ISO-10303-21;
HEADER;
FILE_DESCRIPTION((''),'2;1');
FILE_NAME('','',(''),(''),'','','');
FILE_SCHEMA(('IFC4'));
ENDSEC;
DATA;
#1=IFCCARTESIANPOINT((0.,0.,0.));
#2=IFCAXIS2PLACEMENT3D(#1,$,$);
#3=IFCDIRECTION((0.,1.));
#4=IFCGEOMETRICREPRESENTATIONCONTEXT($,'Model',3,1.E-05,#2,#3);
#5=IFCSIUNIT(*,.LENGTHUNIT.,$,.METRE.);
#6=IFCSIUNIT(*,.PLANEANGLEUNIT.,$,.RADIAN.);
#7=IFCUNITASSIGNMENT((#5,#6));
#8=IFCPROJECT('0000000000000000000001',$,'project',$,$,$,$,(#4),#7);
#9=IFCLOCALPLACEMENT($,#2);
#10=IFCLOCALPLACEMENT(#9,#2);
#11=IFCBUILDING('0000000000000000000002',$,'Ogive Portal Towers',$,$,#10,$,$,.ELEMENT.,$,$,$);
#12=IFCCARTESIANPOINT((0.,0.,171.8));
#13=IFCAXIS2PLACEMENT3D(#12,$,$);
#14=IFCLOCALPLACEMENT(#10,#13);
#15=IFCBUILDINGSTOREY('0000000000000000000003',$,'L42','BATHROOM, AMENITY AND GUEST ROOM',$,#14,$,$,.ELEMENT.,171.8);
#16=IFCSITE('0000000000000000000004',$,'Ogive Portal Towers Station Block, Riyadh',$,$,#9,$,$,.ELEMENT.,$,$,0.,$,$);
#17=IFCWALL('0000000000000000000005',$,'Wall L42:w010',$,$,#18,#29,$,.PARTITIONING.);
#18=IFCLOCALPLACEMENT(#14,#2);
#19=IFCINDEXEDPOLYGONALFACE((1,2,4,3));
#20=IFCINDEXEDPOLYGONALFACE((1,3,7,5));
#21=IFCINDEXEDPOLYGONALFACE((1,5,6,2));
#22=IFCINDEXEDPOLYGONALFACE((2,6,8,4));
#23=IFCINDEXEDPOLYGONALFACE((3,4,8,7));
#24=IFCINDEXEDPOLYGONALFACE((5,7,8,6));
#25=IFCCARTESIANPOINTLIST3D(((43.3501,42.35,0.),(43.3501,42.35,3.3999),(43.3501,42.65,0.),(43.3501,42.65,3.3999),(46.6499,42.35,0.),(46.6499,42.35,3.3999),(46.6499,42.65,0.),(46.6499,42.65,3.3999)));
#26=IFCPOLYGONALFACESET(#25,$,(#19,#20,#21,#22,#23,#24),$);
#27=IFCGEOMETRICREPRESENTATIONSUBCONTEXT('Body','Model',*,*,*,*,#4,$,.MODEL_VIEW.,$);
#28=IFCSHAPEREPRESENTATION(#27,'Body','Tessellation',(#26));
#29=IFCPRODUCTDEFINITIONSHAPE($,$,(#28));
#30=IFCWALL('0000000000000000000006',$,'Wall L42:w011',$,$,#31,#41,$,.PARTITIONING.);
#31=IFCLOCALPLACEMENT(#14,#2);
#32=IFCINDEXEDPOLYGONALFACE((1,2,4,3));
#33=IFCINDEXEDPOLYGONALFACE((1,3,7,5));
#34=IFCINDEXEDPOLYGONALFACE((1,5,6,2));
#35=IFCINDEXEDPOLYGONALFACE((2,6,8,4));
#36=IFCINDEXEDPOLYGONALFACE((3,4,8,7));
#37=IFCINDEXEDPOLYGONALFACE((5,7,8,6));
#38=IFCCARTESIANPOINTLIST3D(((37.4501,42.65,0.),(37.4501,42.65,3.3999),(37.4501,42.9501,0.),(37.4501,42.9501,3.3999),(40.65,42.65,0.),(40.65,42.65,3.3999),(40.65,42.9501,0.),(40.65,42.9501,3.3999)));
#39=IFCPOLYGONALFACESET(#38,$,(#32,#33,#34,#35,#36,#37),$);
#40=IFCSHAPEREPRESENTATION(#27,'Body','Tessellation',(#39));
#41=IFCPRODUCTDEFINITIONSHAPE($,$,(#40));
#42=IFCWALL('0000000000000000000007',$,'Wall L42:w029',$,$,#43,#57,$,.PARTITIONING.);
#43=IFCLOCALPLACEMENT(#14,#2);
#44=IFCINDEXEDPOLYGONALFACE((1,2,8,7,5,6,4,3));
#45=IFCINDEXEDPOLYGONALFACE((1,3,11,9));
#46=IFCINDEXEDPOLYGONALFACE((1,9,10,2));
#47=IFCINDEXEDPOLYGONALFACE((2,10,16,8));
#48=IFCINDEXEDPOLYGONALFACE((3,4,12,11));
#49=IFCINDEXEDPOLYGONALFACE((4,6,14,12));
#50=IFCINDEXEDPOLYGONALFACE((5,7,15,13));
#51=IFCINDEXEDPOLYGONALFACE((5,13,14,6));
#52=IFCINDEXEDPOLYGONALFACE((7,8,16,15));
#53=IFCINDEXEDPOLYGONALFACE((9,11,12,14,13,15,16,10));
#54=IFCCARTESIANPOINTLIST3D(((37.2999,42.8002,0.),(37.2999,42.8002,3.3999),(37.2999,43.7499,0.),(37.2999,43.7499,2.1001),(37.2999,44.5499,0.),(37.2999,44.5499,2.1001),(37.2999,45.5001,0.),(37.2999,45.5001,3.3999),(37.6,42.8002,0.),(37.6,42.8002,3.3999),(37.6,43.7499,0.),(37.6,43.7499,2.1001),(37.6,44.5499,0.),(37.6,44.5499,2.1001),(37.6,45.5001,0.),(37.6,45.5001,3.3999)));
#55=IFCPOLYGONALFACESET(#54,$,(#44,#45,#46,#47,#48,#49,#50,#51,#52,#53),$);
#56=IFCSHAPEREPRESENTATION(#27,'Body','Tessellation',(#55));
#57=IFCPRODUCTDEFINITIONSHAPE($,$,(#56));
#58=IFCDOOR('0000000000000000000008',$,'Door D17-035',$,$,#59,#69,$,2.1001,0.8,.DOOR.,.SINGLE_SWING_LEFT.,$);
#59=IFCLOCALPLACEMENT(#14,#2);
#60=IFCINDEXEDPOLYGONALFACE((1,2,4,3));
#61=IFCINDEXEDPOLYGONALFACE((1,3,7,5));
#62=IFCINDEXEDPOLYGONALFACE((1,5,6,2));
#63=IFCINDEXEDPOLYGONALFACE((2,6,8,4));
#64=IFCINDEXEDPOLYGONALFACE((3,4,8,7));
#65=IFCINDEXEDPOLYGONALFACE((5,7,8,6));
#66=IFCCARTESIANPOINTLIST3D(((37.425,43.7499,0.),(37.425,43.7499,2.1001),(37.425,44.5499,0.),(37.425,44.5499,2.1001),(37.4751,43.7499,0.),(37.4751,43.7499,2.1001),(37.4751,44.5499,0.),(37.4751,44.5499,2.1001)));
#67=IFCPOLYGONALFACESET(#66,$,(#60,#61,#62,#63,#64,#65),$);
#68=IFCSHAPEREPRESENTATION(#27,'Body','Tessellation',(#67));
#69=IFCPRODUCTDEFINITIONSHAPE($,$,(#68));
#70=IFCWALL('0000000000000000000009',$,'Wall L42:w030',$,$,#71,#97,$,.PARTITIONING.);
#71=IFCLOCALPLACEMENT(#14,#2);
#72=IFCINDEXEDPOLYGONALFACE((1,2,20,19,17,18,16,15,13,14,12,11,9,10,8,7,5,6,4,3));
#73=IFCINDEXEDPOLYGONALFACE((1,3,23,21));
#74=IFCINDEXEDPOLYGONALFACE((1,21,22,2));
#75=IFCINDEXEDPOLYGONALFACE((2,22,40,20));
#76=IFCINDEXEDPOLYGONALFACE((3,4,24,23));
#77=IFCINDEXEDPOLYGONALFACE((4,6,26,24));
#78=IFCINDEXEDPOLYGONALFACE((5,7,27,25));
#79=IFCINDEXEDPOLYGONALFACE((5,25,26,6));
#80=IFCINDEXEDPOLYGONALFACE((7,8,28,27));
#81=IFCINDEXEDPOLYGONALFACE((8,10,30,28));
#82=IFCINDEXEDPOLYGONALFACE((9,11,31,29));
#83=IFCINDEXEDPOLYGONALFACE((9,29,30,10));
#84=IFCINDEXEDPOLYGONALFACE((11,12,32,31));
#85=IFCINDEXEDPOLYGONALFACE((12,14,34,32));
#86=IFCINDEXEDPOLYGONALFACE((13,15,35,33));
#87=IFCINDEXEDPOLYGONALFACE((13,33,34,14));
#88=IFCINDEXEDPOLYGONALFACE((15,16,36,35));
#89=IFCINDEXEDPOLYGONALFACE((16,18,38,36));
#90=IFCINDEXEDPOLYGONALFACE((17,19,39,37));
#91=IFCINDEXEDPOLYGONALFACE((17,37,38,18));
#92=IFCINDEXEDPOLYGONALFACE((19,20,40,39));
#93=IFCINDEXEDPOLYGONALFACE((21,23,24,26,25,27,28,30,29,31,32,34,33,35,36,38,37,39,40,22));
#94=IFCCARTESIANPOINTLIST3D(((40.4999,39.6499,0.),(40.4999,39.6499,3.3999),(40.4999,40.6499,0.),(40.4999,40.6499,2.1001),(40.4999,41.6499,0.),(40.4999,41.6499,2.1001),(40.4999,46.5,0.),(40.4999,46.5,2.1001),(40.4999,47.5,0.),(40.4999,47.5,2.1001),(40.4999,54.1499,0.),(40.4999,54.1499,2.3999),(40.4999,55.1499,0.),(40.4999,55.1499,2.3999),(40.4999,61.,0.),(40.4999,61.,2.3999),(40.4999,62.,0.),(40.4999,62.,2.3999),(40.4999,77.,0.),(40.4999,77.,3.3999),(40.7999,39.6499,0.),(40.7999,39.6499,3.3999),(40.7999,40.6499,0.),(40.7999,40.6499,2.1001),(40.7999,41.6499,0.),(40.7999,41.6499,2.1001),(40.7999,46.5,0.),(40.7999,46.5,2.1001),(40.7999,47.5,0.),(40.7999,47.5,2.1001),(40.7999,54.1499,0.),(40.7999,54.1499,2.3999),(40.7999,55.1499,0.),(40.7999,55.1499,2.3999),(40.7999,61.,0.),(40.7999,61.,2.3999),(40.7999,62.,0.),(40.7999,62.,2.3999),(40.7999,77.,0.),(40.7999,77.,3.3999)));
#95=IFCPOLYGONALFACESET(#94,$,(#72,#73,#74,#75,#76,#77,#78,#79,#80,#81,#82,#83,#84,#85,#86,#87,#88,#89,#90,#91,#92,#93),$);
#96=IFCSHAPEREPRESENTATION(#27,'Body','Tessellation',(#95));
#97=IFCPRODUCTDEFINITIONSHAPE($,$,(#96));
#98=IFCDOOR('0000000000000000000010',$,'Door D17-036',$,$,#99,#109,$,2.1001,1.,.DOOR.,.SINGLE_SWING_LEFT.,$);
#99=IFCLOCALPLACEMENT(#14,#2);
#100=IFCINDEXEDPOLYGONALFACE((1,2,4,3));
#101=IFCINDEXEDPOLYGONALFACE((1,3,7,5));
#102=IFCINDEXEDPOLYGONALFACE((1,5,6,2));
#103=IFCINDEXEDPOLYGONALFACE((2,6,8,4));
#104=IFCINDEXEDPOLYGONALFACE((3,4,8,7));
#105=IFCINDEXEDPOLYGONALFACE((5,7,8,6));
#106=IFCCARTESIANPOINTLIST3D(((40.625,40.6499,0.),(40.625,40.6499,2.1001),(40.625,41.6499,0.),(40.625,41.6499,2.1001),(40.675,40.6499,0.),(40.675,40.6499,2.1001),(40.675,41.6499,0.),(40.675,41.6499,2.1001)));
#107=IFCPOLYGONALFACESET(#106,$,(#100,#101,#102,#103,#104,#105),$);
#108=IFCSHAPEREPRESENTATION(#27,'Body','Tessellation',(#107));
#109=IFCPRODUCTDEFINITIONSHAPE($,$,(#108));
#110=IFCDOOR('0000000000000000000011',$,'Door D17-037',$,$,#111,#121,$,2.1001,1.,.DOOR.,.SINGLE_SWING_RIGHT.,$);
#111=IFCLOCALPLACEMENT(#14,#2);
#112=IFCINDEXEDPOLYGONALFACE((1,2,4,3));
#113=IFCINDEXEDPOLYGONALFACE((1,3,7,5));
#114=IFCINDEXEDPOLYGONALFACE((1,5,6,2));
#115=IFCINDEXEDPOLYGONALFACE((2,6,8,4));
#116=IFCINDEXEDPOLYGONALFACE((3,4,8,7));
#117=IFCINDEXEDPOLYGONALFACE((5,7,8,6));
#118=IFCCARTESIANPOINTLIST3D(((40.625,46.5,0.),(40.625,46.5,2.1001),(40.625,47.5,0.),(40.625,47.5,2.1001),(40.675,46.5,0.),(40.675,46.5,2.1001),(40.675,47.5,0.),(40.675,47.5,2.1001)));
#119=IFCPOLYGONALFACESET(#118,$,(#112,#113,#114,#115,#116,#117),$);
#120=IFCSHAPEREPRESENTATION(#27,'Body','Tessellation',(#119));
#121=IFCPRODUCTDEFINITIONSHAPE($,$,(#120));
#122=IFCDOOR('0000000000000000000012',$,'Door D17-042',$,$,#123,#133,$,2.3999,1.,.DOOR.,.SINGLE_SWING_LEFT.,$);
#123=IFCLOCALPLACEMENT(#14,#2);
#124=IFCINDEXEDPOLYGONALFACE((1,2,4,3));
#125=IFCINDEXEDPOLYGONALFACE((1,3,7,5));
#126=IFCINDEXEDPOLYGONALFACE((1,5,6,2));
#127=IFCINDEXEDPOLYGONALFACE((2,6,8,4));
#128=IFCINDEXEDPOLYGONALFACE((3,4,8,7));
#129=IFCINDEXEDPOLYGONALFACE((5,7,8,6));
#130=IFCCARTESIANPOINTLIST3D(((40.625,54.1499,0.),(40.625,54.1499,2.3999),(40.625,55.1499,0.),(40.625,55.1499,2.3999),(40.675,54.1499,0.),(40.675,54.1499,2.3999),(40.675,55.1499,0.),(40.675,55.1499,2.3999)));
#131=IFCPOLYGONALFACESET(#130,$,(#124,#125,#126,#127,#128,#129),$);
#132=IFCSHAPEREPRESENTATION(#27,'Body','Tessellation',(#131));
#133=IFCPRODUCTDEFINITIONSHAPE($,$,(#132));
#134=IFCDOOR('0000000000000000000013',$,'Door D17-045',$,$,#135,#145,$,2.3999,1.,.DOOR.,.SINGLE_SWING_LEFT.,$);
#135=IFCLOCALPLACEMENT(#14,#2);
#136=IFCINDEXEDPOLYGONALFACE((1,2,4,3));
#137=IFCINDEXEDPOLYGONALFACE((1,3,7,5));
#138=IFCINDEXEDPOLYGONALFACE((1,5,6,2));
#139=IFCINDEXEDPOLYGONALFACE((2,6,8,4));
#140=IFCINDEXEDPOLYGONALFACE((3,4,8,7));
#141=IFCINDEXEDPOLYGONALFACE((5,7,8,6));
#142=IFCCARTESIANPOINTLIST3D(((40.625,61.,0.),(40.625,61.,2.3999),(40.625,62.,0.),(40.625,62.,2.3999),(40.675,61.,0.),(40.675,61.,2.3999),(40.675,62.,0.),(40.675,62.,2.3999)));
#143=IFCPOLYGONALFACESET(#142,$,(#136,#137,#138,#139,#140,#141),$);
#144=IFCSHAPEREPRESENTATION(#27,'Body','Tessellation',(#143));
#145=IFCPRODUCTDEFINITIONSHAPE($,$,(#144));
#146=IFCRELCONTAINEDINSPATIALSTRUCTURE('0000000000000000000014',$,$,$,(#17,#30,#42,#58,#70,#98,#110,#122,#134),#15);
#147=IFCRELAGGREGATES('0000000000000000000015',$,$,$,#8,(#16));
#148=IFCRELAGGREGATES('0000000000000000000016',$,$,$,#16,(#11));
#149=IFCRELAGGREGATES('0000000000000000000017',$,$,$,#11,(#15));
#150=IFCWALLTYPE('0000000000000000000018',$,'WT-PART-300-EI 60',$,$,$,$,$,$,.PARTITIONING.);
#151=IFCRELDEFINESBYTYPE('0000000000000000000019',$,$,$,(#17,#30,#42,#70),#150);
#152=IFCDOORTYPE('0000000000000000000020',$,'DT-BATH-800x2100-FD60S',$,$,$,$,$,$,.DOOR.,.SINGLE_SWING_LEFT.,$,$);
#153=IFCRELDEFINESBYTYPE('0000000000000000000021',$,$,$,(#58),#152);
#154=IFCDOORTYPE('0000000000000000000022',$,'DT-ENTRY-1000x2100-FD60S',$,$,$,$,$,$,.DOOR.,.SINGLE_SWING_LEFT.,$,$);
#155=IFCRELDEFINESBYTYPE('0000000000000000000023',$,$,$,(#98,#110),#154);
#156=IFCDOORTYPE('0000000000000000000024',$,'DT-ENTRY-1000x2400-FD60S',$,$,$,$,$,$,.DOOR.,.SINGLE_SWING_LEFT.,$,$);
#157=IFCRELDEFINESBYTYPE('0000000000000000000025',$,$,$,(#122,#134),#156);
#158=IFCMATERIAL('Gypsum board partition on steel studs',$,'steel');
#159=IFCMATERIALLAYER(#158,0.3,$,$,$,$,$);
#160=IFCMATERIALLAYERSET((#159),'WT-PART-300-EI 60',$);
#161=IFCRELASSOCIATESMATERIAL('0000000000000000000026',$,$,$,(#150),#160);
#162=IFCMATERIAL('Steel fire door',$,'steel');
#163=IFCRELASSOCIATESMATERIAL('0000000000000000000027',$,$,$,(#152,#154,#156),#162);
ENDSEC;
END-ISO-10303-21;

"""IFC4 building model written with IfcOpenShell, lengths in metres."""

from ifc_helpers import new_model, si_unit, direction, frame, frame_2d, origin, place, context, subcontext, project, spatial, rectangle, extrude, material, layer, layer_set, type_object, element, fill, save


model = new_model("IFC4")

# Units and contexts
model_context = context("Model", 3, precision=1e-05, world=origin(), true_north=direction((0.0, 1.0)))
body_context = subcontext(model_context, "Body", "Model", "MODEL_VIEW")
ifc_project = project(units=[si_unit("LENGTHUNIT", "METRE"), si_unit("PLANEANGLEUNIT", "RADIAN")], contexts=[model_context])

# Site, building, storey
site_placement = place(None, origin())
site = spatial("IfcSite", under=ifc_project, at=site_placement, Name="Ogive Portal Towers Station Block, Riyadh", CompositionType="ELEMENT", RefElevation=0.0)
building_placement = place(site_placement, origin())
building = spatial("IfcBuilding", under=site, at=building_placement, Name="Ogive Portal Towers", CompositionType="ELEMENT")
storey_placement = place(building_placement, frame((0.0, 0.0, 171.8)))
storey = spatial("IfcBuildingStorey", under=building, at=storey_placement, Name="L42", Description="BATHROOM, AMENITY AND GUEST ROOM", CompositionType="ELEMENT", Elevation=171.8)

# Shared definitions
ifc_material_1 = material(Name="Steel fire door", Category="steel")

# Walls
ifc_material_2 = material(Name="Gypsum board partition on steel studs", Category="steel")
ifc_layer_1 = layer(ifc_material_2, 0.3)
ifc_layer_set_1 = layer_set([ifc_layer_1], Name="WT-PART-300-EI 60")
wall_type_1 = type_object("IfcWallType", Name="WT-PART-300-EI 60", PredefinedType="PARTITIONING", material=ifc_layer_set_1)
wall_1_placement = place(storey_placement, frame((43.3501, 42.5, 0.0), z_axis=(0.0, 0.0, 1.0), x_axis=(1.0, 0.0, 0.0)))
element("IfcWall", 1, at=wall_1_placement, inside=storey, type_object=wall_type_1, Name="Wall L42:w010", PredefinedType="PARTITIONING", context=body_context, shape_type="SweptSolid", body=[
    extrude(rectangle(XDim=3.2998, YDim=0.3, at=frame_2d((1.6499, 0.0))), origin(), (0.0, 0.0, 1.0), 3.3999),
])
wall_2_placement = place(storey_placement, frame((37.45, 42.8, 0.0), z_axis=(0.0, 0.0, 1.0), x_axis=(1.0, 0.0, 0.0)))
element("IfcWall", 2, at=wall_2_placement, inside=storey, type_object=wall_type_1, Name="Wall L42:w011", PredefinedType="PARTITIONING", context=body_context, shape_type="SweptSolid", body=[
    extrude(rectangle(XDim=3.2, YDim=0.3, at=frame_2d((1.6001, 0.0))), origin(), (0.0, 0.0, 1.0), 3.3999),
])

# Wall, opening, door
wall_3_placement = place(storey_placement, frame((37.45, 42.8, 0.0), z_axis=(0.0, 0.0, 1.0), x_axis=(0.0, 1.0, 0.0)))
wall_3 = element("IfcWall", 3, at=wall_3_placement, inside=storey, type_object=wall_type_1, Name="Wall L42:w029", PredefinedType="PARTITIONING", context=body_context, shape_type="SweptSolid", body=[
    extrude(rectangle(XDim=2.7, YDim=0.3, at=frame_2d((1.3501, 0.0))), origin(), (0.0, 0.0, 1.0), 3.3999),
])
opening_1_placement = place(wall_3_placement, frame((0.95, 0.0, 0.0)))
opening_1 = element("IfcOpeningElement", 4, at=opening_1_placement, cuts=wall_3, PredefinedType="OPENING", context=body_context, shape_type="SweptSolid", body=[
    extrude(rectangle(XDim=0.8, YDim=2.1001, at=frame_2d((0.3999, 1.05))), frame((0.0, 0.1602, 0.0), z_axis=(0.0, -1.0, 0.0), x_axis=(1.0, 0.0, 0.0)), (0.0, 0.0, 1.0), 0.3201),
])
door_type_1 = type_object("IfcDoorType", Name="DT-BATH-800x2100-FD60S", OperationType="SINGLE_SWING_LEFT", PredefinedType="DOOR", material=ifc_material_1)
door_1_placement = place(opening_1_placement, origin())
door_1 = element("IfcDoor", 5, at=door_1_placement, inside=storey, type_object=door_type_1, Name="Door D17-035", OperationType="SINGLE_SWING_LEFT", OverallHeight=2.1001, OverallWidth=0.8, PredefinedType="DOOR", context=body_context, shape_type="SweptSolid", body=[
    extrude(rectangle(XDim=0.8, YDim=2.1001, at=frame_2d((0.3999, 1.05))), frame((0.0, 0.0249, 0.0), z_axis=(0.0, -1.0, 0.0), x_axis=(1.0, 0.0, 0.0)), (0.0, 0.0, 1.0), 0.05),
])
fill(opening_1, door_1)

# Wall, openings, doors
wall_4_placement = place(storey_placement, frame((40.6499, 39.6499, 0.0), z_axis=(0.0, 0.0, 1.0), x_axis=(0.0, 1.0, 0.0)))
wall_4 = element("IfcWall", 6, at=wall_4_placement, inside=storey, type_object=wall_type_1, Name="Wall L42:w030", PredefinedType="PARTITIONING", context=body_context, shape_type="SweptSolid", body=[
    extrude(rectangle(XDim=37.3501, YDim=0.3, at=frame_2d((18.675, 0.0))), origin(), (0.0, 0.0, 1.0), 3.3999),
])
opening_2_placement = place(wall_4_placement, frame((1.0, 0.0, 0.0)))
opening_2 = element("IfcOpeningElement", 7, at=opening_2_placement, cuts=wall_4, PredefinedType="OPENING", context=body_context, shape_type="SweptSolid", body=[
    extrude(rectangle(XDim=1.0, YDim=2.1001, at=frame_2d((0.5, 1.05))), frame((0.0, 0.1602, 0.0), z_axis=(0.0, -1.0, 0.0), x_axis=(1.0, 0.0, 0.0)), (0.0, 0.0, 1.0), 0.3201),
])
opening_3_placement = place(wall_4_placement, frame((6.8501, 0.0, 0.0)))
opening_3 = element("IfcOpeningElement", 8, at=opening_3_placement, cuts=wall_4, PredefinedType="OPENING", context=body_context, shape_type="SweptSolid", body=[
    extrude(rectangle(XDim=1.0, YDim=2.1001, at=frame_2d((0.5, 1.05))), frame((0.0, 0.1602, 0.0), z_axis=(0.0, -1.0, 0.0), x_axis=(1.0, 0.0, 0.0)), (0.0, 0.0, 1.0), 0.3201),
])
opening_4_placement = place(wall_4_placement, frame((14.5, 0.0, 0.0)))
opening_4 = element("IfcOpeningElement", 9, at=opening_4_placement, cuts=wall_4, PredefinedType="OPENING", context=body_context, shape_type="SweptSolid", body=[
    extrude(rectangle(XDim=1.0, YDim=2.3999, at=frame_2d((0.5, 1.2))), frame((0.0, 0.1602, 0.0), z_axis=(0.0, -1.0, 0.0), x_axis=(1.0, 0.0, 0.0)), (0.0, 0.0, 1.0), 0.3201),
])
opening_5_placement = place(wall_4_placement, frame((21.3501, 0.0, 0.0)))
opening_5 = element("IfcOpeningElement", 10, at=opening_5_placement, cuts=wall_4, PredefinedType="OPENING", context=body_context, shape_type="SweptSolid", body=[
    extrude(rectangle(XDim=1.0, YDim=2.3999, at=frame_2d((0.5, 1.2))), frame((0.0, 0.1602, 0.0), z_axis=(0.0, -1.0, 0.0), x_axis=(1.0, 0.0, 0.0)), (0.0, 0.0, 1.0), 0.3201),
])
door_type_2 = type_object("IfcDoorType", Name="DT-ENTRY-1000x2100-FD60S", OperationType="SINGLE_SWING_LEFT", PredefinedType="DOOR", material=ifc_material_1)
door_2_placement = place(opening_2_placement, origin())
door_2 = element("IfcDoor", 11, at=door_2_placement, inside=storey, type_object=door_type_2, Name="Door D17-036", OperationType="SINGLE_SWING_LEFT", OverallHeight=2.1001, OverallWidth=1.0, PredefinedType="DOOR", context=body_context, shape_type="SweptSolid", body=[
    extrude(rectangle(XDim=1.0, YDim=2.1001, at=frame_2d((0.5, 1.05))), frame((0.0, 0.0249, 0.0), z_axis=(0.0, -1.0, 0.0), x_axis=(1.0, 0.0, 0.0)), (0.0, 0.0, 1.0), 0.05),
])
fill(opening_2, door_2)
door_3_placement = place(opening_3_placement, origin())
door_3 = element("IfcDoor", 12, at=door_3_placement, inside=storey, type_object=door_type_2, Name="Door D17-037", OperationType="SINGLE_SWING_RIGHT", OverallHeight=2.1001, OverallWidth=1.0, PredefinedType="DOOR", context=body_context, shape_type="SweptSolid", body=[
    extrude(rectangle(XDim=1.0, YDim=2.1001, at=frame_2d((0.5, 1.05))), frame((0.0, 0.0249, 0.0), z_axis=(0.0, -1.0, 0.0), x_axis=(1.0, 0.0, 0.0)), (0.0, 0.0, 1.0), 0.05),
])
fill(opening_3, door_3)
door_type_3 = type_object("IfcDoorType", Name="DT-ENTRY-1000x2400-FD60S", OperationType="SINGLE_SWING_LEFT", PredefinedType="DOOR", material=ifc_material_1)
door_4_placement = place(opening_4_placement, origin())
door_4 = element("IfcDoor", 13, at=door_4_placement, inside=storey, type_object=door_type_3, Name="Door D17-042", OperationType="SINGLE_SWING_LEFT", OverallHeight=2.3999, OverallWidth=1.0, PredefinedType="DOOR", context=body_context, shape_type="SweptSolid", body=[
    extrude(rectangle(XDim=1.0, YDim=2.3999, at=frame_2d((0.5, 1.2))), frame((0.0, 0.0249, 0.0), z_axis=(0.0, -1.0, 0.0), x_axis=(1.0, 0.0, 0.0)), (0.0, 0.0, 1.0), 0.05),
])
fill(opening_4, door_4)
door_5_placement = place(opening_5_placement, origin())
door_5 = element("IfcDoor", 14, at=door_5_placement, inside=storey, type_object=door_type_3, Name="Door D17-045", OperationType="SINGLE_SWING_LEFT", OverallHeight=2.3999, OverallWidth=1.0, PredefinedType="DOOR", context=body_context, shape_type="SweptSolid", body=[
    extrude(rectangle(XDim=1.0, YDim=2.3999, at=frame_2d((0.5, 1.2))), frame((0.0, 0.0249, 0.0), z_axis=(0.0, -1.0, 0.0), x_axis=(1.0, 0.0, 0.0)), (0.0, 0.0, 1.0), 0.05),
])
fill(opening_5, door_5)

save(model, "model.ifc")
